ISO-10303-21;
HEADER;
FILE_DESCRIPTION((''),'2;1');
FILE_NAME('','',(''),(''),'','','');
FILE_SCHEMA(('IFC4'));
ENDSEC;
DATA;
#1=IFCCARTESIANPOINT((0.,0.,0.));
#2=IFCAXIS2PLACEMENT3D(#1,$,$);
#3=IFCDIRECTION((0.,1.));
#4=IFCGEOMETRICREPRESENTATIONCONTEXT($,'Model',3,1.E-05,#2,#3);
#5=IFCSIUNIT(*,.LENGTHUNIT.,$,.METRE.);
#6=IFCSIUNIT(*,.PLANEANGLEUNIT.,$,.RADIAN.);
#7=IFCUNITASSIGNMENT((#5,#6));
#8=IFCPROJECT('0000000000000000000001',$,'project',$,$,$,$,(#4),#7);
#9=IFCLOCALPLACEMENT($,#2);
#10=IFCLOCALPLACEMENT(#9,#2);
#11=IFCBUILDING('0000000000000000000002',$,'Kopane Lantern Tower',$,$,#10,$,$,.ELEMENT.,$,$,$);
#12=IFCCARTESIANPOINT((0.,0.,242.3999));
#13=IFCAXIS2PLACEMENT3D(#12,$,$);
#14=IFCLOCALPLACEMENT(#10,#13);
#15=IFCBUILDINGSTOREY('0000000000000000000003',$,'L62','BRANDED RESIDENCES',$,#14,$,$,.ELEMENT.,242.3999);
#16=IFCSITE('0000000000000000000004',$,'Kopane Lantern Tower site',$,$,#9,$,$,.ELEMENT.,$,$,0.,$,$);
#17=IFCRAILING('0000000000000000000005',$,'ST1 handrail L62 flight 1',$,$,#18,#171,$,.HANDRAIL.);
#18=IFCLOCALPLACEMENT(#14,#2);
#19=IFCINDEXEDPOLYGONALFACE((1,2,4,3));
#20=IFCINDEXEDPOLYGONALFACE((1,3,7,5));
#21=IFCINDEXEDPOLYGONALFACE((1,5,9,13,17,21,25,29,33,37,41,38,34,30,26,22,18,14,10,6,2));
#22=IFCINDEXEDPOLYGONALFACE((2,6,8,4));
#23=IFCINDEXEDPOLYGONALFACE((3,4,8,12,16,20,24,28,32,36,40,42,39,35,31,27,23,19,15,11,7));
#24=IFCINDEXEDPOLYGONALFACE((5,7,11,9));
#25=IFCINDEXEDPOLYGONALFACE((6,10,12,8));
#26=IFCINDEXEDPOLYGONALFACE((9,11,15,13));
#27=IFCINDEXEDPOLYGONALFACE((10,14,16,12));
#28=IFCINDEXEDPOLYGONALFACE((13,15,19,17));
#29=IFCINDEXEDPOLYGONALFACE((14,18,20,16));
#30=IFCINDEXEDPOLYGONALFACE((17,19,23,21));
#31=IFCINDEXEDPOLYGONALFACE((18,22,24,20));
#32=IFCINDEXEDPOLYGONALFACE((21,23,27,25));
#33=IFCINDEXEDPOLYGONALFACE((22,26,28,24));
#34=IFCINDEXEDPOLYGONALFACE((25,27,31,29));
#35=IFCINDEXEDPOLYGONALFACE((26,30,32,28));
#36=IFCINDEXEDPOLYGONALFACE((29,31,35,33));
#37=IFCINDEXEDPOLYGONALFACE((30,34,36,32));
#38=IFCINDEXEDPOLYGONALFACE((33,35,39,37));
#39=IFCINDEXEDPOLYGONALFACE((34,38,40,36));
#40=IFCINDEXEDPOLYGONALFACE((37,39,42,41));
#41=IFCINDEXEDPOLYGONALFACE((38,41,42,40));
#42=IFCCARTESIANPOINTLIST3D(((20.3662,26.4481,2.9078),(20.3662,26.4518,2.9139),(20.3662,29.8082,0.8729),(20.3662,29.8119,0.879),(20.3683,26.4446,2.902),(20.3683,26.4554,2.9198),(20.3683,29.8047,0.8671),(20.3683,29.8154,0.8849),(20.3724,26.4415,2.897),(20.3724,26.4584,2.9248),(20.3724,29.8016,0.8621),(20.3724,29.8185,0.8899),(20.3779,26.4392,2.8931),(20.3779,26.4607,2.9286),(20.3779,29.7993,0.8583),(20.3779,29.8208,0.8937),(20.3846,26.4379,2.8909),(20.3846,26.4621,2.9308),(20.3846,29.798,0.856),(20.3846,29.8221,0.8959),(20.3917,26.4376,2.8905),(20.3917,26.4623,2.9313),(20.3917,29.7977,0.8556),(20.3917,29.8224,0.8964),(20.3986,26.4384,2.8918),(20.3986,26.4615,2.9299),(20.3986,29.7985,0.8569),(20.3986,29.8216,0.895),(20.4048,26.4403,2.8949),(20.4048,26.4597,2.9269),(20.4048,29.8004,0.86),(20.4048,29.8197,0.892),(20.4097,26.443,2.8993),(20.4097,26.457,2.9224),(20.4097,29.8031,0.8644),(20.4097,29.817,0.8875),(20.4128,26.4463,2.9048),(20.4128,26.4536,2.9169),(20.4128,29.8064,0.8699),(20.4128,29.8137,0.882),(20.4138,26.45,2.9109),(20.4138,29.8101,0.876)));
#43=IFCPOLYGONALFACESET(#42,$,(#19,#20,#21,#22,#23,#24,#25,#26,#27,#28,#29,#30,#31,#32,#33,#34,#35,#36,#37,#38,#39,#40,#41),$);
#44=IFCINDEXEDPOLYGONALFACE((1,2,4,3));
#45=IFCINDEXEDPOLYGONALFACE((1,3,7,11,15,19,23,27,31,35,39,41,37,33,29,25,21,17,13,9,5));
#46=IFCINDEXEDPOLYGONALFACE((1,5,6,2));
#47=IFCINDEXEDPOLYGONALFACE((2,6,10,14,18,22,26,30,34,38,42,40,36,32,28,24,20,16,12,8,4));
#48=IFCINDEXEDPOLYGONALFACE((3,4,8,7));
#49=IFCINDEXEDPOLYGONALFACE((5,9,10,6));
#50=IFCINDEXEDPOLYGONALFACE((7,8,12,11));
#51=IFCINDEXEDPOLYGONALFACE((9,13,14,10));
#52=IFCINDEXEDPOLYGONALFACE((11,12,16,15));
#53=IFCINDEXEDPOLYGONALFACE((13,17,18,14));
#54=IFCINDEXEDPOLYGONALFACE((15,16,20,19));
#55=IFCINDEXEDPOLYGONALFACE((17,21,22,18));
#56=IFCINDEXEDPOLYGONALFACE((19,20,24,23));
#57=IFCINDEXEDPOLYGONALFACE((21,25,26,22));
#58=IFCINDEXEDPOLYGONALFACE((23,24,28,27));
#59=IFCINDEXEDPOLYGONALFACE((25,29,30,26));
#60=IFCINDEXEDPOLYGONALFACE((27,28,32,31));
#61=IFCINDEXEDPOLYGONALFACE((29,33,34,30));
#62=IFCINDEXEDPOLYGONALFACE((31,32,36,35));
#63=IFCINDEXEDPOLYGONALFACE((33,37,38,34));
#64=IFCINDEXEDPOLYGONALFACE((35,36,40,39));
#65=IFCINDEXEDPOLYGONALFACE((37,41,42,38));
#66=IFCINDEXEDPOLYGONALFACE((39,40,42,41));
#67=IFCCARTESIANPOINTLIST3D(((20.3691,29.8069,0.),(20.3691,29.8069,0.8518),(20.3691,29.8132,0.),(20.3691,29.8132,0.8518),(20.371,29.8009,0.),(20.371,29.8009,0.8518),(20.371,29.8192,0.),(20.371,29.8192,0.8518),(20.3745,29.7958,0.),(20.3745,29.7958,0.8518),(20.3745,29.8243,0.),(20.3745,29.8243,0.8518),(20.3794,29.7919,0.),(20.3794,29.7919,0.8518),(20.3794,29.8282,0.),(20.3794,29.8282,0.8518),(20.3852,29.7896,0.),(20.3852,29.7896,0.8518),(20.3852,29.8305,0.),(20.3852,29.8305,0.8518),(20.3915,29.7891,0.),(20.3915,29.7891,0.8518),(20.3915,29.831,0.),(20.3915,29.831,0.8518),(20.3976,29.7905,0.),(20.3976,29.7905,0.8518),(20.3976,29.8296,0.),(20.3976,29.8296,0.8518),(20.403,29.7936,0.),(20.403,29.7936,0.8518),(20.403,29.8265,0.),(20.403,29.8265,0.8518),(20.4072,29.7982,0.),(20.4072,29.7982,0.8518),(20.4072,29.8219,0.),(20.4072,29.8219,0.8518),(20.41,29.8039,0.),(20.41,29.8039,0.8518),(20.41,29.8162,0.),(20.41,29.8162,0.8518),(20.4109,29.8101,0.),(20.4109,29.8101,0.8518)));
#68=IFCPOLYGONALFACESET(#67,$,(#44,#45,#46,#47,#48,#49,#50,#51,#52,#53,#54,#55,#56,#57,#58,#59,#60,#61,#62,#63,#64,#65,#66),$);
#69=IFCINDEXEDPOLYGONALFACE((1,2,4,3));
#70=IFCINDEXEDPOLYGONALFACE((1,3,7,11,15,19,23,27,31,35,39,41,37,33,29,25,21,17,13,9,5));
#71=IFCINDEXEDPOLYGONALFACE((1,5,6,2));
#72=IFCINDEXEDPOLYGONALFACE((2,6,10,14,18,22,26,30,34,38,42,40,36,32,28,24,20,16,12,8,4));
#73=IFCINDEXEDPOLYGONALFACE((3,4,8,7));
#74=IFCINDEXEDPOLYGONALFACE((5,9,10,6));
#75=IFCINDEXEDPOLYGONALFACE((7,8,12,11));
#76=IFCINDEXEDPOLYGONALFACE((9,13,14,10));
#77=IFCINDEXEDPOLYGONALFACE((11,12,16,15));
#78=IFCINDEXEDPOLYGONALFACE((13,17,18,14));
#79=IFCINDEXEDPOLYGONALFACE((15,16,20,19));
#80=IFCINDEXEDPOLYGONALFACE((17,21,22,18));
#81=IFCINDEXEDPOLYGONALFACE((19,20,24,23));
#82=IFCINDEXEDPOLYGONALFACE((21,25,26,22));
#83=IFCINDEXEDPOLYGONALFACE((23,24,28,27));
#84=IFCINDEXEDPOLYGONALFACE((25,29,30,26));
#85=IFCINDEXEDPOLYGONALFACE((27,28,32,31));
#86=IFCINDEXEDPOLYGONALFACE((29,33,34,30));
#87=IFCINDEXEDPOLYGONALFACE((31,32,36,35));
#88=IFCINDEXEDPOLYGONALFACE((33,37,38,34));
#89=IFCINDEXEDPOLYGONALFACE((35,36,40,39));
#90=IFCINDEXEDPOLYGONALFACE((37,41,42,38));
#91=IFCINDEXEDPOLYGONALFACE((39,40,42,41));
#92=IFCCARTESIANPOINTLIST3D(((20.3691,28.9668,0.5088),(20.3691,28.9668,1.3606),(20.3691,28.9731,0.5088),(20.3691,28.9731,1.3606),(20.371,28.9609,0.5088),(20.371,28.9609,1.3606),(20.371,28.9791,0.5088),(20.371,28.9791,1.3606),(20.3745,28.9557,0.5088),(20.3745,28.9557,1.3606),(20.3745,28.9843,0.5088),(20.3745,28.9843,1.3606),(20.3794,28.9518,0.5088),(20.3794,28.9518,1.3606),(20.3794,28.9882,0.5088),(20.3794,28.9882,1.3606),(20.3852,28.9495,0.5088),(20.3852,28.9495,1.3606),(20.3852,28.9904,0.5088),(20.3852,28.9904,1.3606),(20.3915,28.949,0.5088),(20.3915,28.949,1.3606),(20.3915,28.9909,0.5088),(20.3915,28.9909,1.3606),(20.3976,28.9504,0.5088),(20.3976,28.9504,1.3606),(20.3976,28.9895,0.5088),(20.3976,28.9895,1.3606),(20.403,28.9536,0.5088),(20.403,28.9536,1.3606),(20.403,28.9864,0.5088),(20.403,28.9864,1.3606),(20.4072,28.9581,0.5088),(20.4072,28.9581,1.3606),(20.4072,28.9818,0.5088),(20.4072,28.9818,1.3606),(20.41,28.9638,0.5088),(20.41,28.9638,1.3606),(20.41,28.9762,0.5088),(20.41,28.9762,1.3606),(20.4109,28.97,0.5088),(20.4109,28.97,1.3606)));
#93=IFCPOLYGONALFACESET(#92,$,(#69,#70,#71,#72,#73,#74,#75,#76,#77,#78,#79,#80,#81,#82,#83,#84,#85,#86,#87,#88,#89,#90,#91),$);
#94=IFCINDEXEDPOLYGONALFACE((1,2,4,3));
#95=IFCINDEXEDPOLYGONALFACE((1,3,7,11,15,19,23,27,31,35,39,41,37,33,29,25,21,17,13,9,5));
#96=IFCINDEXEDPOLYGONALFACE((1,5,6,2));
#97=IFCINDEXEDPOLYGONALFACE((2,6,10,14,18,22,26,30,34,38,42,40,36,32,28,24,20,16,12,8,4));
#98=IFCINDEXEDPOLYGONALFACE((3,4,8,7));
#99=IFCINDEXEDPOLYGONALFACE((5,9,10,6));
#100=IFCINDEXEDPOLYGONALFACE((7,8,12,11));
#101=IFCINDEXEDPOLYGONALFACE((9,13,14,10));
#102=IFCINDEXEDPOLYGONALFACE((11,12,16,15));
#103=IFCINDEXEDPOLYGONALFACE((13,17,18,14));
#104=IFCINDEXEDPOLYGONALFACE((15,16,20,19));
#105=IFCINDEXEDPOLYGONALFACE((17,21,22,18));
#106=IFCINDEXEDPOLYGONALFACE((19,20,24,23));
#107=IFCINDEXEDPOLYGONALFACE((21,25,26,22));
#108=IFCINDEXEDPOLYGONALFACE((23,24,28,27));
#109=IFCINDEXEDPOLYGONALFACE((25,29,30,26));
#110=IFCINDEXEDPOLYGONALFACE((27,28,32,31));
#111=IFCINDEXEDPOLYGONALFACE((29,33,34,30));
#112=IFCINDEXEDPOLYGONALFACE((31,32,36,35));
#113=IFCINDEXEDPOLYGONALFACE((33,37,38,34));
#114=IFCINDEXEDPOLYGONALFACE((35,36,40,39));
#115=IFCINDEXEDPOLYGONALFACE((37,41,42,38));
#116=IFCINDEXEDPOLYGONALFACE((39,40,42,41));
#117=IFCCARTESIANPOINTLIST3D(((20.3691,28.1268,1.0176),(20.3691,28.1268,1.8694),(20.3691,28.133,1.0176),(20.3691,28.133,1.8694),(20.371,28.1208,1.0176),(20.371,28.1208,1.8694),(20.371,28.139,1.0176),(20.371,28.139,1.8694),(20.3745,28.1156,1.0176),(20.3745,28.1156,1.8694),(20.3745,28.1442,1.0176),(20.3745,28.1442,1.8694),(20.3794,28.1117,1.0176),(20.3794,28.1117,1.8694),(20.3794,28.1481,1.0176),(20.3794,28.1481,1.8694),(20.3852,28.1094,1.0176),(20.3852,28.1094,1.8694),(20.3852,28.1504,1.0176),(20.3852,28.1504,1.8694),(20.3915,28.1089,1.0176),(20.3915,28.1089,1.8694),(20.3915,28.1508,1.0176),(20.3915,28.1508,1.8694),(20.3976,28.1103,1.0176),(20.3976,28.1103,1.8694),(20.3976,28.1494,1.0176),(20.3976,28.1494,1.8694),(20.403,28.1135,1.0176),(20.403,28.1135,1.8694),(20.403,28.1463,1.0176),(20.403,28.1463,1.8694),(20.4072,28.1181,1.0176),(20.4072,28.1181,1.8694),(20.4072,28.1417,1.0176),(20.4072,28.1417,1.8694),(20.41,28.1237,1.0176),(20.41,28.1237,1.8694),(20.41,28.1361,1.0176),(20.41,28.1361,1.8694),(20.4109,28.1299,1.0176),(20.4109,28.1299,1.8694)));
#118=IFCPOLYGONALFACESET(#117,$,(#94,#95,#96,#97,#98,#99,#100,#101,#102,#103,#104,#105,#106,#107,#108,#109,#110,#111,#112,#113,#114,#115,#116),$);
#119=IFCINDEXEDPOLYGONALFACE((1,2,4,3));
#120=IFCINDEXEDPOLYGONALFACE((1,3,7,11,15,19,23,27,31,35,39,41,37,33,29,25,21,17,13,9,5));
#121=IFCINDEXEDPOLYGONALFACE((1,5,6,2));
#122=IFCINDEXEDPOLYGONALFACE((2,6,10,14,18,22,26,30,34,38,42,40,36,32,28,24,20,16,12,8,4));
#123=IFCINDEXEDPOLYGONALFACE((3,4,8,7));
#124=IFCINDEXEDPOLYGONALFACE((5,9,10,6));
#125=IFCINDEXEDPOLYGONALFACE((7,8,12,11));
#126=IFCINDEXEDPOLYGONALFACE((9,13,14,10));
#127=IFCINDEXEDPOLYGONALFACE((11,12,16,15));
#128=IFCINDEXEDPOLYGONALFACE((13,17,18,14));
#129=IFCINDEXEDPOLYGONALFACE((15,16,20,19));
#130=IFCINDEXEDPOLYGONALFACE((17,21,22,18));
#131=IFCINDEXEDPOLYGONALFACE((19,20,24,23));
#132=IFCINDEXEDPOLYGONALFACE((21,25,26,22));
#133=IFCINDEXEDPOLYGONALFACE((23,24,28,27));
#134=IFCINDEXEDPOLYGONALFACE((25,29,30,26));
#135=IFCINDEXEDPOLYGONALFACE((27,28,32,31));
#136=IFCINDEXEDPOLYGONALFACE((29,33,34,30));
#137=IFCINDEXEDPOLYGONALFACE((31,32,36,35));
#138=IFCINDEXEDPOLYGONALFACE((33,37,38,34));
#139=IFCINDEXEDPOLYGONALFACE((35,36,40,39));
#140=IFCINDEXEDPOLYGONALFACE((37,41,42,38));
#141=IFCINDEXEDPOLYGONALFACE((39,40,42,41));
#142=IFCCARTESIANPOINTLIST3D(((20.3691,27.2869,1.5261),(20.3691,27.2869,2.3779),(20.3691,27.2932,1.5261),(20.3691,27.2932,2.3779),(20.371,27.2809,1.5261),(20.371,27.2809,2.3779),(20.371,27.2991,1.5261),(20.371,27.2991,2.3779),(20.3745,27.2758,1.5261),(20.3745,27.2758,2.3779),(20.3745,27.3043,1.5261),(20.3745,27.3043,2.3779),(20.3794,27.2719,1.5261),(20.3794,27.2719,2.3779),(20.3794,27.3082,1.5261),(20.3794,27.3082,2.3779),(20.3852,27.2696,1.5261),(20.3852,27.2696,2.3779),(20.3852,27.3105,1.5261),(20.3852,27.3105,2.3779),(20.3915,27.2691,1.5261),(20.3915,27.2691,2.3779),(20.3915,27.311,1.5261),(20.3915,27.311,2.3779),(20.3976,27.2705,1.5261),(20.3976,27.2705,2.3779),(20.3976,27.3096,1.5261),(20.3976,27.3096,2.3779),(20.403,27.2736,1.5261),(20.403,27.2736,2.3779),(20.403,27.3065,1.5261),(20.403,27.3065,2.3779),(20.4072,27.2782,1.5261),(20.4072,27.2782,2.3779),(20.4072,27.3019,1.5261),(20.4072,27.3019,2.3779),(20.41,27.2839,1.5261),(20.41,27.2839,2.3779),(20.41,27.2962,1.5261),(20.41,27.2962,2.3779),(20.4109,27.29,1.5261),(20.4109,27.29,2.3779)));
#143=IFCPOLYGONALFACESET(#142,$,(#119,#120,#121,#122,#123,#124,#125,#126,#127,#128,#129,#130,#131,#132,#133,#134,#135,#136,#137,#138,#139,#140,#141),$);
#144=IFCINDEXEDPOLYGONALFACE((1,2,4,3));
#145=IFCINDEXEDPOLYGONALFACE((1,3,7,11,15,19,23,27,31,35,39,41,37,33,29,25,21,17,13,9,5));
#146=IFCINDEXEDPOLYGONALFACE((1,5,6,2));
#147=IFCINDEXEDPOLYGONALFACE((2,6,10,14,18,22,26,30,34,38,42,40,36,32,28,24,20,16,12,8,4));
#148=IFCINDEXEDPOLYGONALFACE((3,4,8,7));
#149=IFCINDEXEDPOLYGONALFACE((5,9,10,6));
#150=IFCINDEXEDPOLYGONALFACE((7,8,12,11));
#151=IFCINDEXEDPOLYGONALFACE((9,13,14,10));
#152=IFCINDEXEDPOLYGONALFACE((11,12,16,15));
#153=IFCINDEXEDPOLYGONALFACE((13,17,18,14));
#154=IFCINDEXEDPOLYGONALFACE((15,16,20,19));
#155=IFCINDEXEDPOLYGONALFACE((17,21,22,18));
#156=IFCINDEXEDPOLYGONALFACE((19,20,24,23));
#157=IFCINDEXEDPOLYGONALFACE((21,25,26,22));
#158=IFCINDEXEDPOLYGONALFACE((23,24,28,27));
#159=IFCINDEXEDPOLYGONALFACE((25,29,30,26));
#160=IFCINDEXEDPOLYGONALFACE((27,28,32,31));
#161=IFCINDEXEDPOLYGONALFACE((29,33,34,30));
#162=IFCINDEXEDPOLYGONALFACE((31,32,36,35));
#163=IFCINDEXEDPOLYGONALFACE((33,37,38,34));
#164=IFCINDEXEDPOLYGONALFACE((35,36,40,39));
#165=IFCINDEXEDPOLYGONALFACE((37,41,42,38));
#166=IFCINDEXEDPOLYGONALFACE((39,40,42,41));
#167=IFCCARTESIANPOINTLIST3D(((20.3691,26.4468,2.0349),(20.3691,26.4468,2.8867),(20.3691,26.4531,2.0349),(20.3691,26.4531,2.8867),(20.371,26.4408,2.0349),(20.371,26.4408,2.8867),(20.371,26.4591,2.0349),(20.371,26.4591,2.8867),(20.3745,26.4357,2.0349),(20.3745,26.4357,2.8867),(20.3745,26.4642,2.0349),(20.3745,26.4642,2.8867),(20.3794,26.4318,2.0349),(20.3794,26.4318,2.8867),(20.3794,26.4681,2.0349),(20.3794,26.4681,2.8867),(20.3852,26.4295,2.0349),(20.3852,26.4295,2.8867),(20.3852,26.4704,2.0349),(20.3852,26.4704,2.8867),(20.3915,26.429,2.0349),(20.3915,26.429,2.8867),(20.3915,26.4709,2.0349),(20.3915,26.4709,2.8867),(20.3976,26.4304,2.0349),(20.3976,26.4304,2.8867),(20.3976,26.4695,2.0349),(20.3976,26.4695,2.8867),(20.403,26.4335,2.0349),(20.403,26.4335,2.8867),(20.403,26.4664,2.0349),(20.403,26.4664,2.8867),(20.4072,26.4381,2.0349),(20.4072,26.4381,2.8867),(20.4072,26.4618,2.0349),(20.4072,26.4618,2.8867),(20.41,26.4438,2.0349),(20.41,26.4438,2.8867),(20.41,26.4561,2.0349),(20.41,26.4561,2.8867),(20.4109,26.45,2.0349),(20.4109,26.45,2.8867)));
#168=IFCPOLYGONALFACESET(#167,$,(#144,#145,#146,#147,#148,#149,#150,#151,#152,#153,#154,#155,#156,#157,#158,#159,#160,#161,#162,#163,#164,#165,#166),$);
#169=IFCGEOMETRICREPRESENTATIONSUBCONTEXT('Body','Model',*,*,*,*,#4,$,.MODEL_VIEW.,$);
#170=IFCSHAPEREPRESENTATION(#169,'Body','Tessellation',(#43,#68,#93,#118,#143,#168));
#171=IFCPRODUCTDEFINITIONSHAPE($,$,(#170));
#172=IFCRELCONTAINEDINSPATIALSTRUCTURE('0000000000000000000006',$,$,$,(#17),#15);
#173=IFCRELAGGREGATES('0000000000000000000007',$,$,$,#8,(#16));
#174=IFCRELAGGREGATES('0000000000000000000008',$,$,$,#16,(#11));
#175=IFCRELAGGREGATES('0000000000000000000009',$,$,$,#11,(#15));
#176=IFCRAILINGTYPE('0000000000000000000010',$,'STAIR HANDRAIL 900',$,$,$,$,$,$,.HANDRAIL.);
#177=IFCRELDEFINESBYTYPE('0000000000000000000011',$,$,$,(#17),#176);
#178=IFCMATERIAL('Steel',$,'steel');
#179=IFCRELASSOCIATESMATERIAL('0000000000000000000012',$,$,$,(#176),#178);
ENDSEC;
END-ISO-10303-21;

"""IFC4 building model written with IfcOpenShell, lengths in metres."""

from ifc_helpers import new_model, si_unit, direction, frame, origin, origin_2d, place, context, subcontext, project, spatial, circle, extrude, material, type_object, element, save


model = new_model("IFC4")

# Units and contexts
model_context = context("Model", 3, precision=1e-05, world=origin(), true_north=direction((0.0, 1.0)))
body_context = subcontext(model_context, "Body", "Model", "MODEL_VIEW")
ifc_project = project(units=[si_unit("LENGTHUNIT", "METRE"), si_unit("PLANEANGLEUNIT", "RADIAN")], contexts=[model_context])

# Site, building, storey
site_placement = place(None, origin())
site = spatial("IfcSite", under=ifc_project, at=site_placement, Name="Kopane Lantern Tower site", CompositionType="ELEMENT", RefElevation=0.0)
building_placement = place(site_placement, origin())
building = spatial("IfcBuilding", under=site, at=building_placement, Name="Kopane Lantern Tower", CompositionType="ELEMENT")
storey_placement = place(building_placement, frame((0.0, 0.0, 242.3999)))
storey = spatial("IfcBuildingStorey", under=building, at=storey_placement, Name="L62", Description="BRANDED RESIDENCES", CompositionType="ELEMENT", Elevation=242.3999)

# Railing
ifc_material_1 = material(Name="Steel", Category="steel")
railing_type_1 = type_object("IfcRailingType", Name="STAIR HANDRAIL 900", PredefinedType="HANDRAIL", material=ifc_material_1)
for number, where, name in (
    (1, (20.3899, 29.8101, 0.0), "ST1 handrail L62 flight 1"),
):
    element("IfcRailing", number, at=place(storey_placement, frame(where)), inside=storey, type_object=railing_type_1, Name=name, PredefinedType="HANDRAIL", context=body_context, shape_type="SweptSolid", body=[
        extrude(circle(Radius=0.0239, at=origin_2d()), frame((0.0, 0.0, 0.876), z_axis=(0.0, -0.855369, 0.518019), x_axis=(1.0, 0.0, 0.0)), (0.0, 0.0, 1.0), 3.9282),
        extrude(circle(Radius=0.021, at=origin_2d()), origin(), (0.0, 0.0, 1.0), 0.8518),
        extrude(circle(Radius=0.021, at=origin_2d()), frame((0.0, -0.8401, 0.5088)), (0.0, 0.0, 1.0), 0.8518),
        extrude(circle(Radius=0.021, at=origin_2d()), frame((0.0, -1.6802, 1.0176)), (0.0, 0.0, 1.0), 0.8518),
        extrude(circle(Radius=0.021, at=origin_2d()), frame((0.0, -2.52, 1.5261)), (0.0, 0.0, 1.0), 0.8518),
        extrude(circle(Radius=0.021, at=origin_2d()), frame((0.0, -3.3601, 2.0349)), (0.0, 0.0, 1.0), 0.8518),
    ])

save(model, "model.ifc")
